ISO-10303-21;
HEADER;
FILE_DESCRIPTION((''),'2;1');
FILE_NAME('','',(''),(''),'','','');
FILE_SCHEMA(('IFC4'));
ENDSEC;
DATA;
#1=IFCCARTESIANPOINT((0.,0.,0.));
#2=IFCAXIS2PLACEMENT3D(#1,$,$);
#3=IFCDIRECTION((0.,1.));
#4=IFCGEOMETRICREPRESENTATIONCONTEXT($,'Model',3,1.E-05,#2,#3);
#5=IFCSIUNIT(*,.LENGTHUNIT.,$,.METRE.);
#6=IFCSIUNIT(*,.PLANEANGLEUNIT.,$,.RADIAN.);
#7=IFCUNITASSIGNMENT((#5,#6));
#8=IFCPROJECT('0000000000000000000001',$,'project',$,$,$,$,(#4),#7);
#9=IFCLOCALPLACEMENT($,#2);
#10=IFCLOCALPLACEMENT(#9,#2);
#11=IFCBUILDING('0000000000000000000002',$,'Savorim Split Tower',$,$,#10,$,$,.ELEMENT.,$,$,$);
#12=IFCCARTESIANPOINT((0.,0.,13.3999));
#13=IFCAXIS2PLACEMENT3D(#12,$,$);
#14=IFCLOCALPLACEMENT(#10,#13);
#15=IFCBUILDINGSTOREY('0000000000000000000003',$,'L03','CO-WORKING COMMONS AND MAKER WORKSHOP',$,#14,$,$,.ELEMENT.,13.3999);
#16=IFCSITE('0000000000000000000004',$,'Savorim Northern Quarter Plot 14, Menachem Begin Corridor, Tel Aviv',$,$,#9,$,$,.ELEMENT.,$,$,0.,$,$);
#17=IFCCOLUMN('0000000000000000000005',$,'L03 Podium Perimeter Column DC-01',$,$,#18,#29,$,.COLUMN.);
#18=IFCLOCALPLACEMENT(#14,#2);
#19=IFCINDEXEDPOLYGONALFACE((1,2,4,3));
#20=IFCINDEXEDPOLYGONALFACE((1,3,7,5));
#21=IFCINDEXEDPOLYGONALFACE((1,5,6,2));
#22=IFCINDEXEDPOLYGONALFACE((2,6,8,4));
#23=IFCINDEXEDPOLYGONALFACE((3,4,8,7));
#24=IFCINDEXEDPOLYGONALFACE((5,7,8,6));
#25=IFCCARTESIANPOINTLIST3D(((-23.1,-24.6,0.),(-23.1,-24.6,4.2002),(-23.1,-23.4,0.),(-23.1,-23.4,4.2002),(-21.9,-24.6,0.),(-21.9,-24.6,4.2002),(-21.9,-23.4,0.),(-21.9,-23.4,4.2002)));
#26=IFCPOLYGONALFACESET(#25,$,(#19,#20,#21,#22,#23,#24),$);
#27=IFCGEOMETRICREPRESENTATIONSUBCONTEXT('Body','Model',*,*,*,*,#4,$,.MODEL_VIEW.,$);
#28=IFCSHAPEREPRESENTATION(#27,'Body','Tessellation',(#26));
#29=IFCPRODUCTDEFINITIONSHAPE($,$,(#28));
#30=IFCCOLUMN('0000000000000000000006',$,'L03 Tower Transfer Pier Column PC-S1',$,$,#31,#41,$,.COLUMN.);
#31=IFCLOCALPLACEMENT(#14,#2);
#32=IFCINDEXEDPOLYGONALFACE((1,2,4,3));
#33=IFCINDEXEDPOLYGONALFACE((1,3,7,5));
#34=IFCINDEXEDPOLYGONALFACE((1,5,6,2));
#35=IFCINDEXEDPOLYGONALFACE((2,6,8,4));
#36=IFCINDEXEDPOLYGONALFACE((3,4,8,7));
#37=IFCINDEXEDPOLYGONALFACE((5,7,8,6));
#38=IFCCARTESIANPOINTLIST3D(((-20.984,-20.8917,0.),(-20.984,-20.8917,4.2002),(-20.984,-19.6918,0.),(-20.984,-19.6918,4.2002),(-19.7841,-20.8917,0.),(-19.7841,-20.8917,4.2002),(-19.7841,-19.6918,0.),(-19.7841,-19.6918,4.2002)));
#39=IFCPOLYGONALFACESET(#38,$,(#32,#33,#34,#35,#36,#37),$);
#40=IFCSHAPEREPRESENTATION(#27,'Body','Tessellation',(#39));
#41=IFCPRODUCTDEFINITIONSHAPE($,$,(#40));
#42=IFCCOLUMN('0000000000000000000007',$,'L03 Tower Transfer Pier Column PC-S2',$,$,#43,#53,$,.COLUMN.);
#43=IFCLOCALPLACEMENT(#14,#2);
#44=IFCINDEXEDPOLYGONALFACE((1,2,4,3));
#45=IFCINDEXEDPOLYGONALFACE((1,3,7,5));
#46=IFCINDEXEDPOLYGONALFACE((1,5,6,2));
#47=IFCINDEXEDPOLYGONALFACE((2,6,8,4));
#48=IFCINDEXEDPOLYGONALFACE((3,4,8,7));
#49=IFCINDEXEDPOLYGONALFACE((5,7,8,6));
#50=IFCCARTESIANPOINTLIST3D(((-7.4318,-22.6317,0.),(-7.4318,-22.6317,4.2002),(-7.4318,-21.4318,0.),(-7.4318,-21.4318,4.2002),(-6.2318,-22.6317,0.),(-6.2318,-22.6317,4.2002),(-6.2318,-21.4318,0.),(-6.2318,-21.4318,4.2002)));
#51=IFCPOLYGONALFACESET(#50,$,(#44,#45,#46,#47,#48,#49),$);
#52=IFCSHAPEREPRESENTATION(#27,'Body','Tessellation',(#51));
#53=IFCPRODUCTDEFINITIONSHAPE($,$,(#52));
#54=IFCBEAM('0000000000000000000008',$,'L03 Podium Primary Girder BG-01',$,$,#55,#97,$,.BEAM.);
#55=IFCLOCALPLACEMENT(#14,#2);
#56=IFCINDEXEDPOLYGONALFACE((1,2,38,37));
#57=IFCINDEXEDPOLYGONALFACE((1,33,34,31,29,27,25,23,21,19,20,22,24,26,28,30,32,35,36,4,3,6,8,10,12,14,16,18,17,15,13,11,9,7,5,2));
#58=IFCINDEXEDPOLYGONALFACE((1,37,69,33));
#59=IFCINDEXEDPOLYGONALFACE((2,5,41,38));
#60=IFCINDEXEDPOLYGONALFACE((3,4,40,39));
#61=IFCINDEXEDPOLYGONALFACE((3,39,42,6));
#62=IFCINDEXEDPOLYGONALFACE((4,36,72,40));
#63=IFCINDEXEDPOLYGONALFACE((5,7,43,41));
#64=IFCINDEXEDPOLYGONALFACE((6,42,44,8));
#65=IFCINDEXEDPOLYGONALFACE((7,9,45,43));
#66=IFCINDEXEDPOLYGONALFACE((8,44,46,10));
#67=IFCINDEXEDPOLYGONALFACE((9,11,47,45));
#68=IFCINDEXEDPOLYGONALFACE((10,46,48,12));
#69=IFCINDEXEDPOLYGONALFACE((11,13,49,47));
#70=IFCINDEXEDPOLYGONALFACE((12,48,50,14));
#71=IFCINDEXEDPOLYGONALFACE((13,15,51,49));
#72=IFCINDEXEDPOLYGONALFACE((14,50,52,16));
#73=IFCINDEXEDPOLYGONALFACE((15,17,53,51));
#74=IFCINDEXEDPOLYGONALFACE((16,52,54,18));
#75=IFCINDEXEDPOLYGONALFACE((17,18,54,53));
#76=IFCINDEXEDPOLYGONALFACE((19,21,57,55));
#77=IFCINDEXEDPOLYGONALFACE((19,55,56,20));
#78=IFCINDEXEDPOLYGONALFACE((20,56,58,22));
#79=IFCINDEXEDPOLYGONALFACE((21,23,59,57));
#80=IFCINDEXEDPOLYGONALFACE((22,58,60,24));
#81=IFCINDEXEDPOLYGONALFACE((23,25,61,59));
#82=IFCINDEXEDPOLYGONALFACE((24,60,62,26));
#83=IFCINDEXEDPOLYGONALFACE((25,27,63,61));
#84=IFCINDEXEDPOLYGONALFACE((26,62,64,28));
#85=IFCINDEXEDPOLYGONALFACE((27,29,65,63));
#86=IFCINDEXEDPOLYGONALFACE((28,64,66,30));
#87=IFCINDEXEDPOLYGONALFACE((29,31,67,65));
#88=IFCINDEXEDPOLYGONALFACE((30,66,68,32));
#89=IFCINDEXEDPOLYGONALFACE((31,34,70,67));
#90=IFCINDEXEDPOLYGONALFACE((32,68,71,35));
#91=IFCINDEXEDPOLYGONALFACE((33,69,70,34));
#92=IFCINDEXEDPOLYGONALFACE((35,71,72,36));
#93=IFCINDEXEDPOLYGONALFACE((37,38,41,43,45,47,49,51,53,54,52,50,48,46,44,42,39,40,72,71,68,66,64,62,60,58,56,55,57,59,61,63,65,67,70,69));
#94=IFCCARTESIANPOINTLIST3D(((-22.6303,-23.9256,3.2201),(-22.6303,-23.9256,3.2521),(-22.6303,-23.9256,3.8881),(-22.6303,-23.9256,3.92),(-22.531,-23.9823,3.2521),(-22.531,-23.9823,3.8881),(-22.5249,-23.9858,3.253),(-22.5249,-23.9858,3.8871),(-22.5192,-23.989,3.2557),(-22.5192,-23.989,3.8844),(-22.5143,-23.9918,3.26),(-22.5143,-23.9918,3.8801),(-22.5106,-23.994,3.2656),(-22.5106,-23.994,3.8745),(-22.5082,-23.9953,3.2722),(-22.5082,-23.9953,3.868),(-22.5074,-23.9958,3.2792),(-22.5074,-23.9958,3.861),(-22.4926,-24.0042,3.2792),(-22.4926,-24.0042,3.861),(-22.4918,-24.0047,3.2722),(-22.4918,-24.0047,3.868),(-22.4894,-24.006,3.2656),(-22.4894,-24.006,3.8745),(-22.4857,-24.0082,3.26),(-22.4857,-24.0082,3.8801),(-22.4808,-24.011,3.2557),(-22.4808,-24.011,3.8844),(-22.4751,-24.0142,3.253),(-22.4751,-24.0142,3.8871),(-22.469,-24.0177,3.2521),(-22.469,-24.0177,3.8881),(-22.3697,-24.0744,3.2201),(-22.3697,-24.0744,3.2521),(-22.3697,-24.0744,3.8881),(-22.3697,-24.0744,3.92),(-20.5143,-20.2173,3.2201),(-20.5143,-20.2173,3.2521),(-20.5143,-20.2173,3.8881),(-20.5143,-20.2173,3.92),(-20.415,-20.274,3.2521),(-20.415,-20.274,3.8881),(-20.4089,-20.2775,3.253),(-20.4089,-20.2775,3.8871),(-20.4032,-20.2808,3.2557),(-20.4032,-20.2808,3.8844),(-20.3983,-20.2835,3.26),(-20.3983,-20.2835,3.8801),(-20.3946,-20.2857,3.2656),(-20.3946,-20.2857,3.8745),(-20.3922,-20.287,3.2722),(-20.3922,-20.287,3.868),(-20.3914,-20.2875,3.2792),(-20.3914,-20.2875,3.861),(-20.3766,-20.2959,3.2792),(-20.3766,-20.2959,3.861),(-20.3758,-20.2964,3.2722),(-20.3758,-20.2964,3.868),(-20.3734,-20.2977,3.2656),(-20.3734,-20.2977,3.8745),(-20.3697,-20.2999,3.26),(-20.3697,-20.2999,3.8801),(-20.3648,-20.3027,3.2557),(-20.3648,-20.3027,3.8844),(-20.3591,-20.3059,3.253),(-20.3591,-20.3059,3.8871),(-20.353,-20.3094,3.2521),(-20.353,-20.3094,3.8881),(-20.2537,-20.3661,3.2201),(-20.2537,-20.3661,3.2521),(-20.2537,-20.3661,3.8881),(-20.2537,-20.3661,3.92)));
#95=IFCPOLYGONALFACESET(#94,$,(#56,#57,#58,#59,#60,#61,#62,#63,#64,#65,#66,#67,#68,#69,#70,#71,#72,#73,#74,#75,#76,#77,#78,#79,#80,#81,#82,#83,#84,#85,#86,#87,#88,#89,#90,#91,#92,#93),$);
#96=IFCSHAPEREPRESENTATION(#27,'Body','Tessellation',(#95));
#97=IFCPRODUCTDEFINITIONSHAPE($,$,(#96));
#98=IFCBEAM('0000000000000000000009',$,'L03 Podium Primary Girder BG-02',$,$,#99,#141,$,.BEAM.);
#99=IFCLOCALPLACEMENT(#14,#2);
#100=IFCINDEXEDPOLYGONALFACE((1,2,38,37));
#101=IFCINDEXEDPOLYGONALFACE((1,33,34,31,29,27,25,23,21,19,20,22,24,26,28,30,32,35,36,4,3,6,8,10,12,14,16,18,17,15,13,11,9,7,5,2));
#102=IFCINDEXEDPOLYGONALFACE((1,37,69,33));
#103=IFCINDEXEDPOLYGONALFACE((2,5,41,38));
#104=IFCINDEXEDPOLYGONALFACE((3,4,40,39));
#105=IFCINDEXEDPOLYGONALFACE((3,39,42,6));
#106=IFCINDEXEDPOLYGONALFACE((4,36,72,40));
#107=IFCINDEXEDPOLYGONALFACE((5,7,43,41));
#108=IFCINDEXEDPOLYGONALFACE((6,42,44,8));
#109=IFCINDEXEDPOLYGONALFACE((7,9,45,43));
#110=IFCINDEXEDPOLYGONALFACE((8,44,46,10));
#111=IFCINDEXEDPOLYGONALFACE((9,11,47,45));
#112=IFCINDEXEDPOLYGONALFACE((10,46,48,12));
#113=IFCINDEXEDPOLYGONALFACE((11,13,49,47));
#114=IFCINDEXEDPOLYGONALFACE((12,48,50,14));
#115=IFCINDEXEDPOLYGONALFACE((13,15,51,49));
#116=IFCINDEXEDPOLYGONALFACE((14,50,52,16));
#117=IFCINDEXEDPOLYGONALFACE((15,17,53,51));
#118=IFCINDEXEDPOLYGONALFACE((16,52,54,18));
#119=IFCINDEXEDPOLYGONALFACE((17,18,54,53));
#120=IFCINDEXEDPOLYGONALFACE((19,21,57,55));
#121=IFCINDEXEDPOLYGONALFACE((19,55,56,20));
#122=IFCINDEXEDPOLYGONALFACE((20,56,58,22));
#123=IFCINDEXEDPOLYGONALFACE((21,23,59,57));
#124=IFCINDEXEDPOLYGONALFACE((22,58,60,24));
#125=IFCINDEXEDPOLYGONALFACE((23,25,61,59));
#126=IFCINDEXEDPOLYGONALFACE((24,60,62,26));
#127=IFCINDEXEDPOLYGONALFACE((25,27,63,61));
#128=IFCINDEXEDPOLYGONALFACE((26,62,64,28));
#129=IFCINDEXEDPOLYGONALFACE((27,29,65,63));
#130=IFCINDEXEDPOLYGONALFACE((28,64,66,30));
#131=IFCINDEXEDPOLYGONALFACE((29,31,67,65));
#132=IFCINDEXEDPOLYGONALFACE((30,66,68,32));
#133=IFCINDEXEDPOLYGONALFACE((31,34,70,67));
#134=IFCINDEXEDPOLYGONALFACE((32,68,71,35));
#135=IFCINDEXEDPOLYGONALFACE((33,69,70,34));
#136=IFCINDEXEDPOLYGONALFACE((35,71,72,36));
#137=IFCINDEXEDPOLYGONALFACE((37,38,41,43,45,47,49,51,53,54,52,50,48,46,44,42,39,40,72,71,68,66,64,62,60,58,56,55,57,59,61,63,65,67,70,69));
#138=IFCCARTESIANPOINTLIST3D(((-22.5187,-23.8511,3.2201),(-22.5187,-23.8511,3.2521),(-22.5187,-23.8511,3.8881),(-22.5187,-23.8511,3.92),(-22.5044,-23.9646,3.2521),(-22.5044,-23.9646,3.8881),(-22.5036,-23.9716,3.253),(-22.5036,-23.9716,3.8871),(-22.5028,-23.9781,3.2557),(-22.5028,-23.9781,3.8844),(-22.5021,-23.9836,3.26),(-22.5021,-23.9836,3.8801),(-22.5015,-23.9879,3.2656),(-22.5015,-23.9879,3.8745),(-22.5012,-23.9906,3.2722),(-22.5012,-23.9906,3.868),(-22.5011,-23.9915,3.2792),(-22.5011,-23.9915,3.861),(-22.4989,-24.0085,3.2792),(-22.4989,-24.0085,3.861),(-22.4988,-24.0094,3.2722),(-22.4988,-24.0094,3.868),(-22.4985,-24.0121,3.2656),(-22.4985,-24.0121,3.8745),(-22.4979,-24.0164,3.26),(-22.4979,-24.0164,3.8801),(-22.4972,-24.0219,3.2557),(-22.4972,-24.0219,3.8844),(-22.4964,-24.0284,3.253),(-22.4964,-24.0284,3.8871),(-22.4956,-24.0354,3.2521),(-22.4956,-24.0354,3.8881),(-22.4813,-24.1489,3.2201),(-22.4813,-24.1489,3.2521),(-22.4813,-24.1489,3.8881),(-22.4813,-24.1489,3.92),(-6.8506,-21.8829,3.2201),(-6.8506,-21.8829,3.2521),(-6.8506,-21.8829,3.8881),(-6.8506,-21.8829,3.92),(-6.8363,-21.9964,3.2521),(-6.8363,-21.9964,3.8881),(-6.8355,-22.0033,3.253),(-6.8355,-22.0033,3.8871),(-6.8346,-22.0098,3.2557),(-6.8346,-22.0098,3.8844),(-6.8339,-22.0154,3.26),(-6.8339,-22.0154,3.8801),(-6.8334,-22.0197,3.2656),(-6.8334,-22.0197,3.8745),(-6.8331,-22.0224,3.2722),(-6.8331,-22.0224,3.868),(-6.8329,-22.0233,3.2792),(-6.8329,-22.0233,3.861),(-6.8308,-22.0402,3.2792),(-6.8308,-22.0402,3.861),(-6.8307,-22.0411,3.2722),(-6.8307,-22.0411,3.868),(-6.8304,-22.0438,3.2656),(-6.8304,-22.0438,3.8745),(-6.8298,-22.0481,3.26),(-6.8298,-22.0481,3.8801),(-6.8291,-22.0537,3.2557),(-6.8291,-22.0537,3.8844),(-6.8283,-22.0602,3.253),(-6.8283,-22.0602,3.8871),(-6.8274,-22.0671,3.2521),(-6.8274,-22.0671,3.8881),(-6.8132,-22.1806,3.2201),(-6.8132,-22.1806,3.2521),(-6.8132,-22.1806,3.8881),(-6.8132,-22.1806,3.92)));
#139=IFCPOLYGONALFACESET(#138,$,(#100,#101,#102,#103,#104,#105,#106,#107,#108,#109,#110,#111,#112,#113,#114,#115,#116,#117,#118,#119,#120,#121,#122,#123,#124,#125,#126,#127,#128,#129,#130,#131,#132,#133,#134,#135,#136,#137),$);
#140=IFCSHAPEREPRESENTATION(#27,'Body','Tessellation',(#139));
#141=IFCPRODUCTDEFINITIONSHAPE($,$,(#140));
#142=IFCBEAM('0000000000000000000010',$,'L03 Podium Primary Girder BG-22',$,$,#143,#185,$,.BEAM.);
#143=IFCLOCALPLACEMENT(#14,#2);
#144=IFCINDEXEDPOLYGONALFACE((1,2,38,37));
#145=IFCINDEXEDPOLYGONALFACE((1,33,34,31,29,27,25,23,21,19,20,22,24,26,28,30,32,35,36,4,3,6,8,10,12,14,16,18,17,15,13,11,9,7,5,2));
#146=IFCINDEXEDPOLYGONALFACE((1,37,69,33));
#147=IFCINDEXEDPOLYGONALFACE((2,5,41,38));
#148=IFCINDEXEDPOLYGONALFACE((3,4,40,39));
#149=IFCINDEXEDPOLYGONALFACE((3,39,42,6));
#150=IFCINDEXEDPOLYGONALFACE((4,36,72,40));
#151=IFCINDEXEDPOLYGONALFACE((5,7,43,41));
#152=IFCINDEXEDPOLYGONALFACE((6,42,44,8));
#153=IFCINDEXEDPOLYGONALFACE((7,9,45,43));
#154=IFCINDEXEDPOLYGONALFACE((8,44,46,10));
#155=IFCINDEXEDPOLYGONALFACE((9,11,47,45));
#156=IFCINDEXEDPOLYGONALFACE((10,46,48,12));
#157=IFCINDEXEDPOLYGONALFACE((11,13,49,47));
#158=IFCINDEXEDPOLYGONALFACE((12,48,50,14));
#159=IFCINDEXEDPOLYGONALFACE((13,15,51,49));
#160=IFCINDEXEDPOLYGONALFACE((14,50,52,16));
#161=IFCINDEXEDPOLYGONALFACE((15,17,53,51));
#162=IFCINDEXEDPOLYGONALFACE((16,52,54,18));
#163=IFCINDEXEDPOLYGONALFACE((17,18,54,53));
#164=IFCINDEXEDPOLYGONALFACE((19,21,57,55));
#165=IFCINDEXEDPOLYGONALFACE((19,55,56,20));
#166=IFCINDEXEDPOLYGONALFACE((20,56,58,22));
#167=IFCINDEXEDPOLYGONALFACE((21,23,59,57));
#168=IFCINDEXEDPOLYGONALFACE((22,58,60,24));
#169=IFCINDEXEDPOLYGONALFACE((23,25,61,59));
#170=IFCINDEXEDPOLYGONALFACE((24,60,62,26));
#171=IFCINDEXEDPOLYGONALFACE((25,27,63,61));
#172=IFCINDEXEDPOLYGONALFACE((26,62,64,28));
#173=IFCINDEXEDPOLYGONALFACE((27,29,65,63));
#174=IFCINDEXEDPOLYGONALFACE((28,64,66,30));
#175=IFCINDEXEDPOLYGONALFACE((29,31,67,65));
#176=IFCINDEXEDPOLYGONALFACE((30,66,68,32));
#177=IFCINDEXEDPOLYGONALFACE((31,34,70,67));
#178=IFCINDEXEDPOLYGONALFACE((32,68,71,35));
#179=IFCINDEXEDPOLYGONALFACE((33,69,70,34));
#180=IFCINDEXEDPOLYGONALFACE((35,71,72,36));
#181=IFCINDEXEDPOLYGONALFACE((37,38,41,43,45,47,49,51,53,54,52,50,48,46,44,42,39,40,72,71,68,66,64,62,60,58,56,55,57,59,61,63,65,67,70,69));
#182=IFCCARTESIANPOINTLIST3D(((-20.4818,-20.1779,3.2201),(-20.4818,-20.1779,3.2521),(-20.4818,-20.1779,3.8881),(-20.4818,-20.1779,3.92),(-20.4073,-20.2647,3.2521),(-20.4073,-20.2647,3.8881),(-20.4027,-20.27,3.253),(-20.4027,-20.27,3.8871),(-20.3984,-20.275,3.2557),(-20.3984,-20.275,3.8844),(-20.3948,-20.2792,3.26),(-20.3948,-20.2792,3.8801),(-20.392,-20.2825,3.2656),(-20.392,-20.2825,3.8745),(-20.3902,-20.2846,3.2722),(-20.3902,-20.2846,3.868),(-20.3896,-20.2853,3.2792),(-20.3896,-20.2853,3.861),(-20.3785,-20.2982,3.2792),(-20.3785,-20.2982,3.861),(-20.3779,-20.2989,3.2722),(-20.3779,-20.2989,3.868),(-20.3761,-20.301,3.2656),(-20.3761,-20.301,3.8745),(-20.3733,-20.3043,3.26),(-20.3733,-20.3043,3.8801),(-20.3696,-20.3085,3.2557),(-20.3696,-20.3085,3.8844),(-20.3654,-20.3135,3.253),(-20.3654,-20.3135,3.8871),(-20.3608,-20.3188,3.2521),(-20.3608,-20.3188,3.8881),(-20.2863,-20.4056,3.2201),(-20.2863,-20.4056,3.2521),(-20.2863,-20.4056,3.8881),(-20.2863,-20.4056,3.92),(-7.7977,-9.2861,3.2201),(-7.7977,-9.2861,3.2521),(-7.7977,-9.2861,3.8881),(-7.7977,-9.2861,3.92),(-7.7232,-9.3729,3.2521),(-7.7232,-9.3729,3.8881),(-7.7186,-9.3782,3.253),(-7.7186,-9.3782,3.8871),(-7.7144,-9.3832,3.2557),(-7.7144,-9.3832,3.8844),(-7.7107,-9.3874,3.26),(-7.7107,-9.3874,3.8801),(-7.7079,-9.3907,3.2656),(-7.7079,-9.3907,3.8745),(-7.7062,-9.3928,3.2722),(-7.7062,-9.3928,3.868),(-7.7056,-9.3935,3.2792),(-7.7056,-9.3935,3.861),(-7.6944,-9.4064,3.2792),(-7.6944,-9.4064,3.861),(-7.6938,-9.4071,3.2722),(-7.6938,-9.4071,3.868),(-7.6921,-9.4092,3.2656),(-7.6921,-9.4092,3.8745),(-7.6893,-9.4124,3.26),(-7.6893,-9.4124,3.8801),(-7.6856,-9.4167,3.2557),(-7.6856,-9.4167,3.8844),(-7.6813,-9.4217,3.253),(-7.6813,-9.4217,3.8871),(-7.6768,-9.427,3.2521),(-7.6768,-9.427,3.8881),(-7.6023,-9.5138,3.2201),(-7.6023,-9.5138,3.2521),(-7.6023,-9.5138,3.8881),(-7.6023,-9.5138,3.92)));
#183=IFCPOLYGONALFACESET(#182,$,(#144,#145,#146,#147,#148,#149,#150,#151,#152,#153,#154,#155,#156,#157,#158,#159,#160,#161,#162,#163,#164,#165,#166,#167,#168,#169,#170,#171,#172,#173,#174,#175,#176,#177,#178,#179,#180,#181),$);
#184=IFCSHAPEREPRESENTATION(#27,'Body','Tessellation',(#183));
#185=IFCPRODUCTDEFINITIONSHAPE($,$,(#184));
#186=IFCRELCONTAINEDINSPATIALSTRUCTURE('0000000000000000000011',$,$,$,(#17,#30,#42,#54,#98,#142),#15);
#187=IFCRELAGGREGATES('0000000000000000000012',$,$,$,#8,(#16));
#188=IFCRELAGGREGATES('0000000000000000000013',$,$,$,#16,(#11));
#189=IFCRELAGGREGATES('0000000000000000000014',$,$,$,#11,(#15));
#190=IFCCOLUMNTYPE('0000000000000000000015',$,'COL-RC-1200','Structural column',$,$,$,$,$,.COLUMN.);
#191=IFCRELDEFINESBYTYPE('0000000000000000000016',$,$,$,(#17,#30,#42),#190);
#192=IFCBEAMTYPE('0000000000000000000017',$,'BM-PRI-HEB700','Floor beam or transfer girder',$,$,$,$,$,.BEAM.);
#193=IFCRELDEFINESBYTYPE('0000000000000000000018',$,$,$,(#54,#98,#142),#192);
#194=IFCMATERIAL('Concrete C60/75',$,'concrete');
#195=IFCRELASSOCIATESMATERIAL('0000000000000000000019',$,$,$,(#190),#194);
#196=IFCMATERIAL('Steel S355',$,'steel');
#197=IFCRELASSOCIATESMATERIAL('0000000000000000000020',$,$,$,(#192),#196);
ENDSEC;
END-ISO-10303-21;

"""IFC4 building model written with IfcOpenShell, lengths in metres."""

from ifc_helpers import new_model, si_unit, direction, frame, origin, origin_2d, place, context, subcontext, project, spatial, rectangle, i_section, extrude, material, material_profile, profile_set, type_object, element, save


model = new_model("IFC4")

# Units and contexts
model_context = context("Model", 3, precision=1e-05, world=origin(), true_north=direction((0.0, 1.0)))
body_context = subcontext(model_context, "Body", "Model", "MODEL_VIEW")
ifc_project = project(units=[si_unit("LENGTHUNIT", "METRE"), si_unit("PLANEANGLEUNIT", "RADIAN")], contexts=[model_context])

# Site, building, storey
site_placement = place(None, origin())
site = spatial("IfcSite", under=ifc_project, at=site_placement, Name="Savorim Northern Quarter Plot 14, Menachem Begin Corridor, Tel Aviv", CompositionType="ELEMENT", RefElevation=0.0)
building_placement = place(site_placement, origin())
building = spatial("IfcBuilding", under=site, at=building_placement, Name="Savorim Split Tower", CompositionType="ELEMENT")
storey_placement = place(building_placement, frame((0.0, 0.0, 13.3999)))
storey = spatial("IfcBuildingStorey", under=building, at=storey_placement, Name="L03", Description="CO-WORKING COMMONS AND MAKER WORKSHOP", CompositionType="ELEMENT", Elevation=13.3999)

# Columns
ifc_material_1 = material(Name="Concrete C60/75", Category="concrete")
ifc_material_profile_1 = material_profile(ifc_material_1, rectangle(XDim=1.2, YDim=1.2, at=origin_2d()), Name="RC 1200x1200")
ifc_profile_set_1 = profile_set([ifc_material_profile_1], Name="Concrete C60/75")
column_type = type_object("IfcColumnType", Name="COL-RC-1200", Description="Structural column", PredefinedType="COLUMN", material=ifc_profile_set_1)
for number, where, z_axis, x_axis, name in (
    (1, (-22.5, -24.0, 0.0), (0.0, 0.0, 1.0), (1.0, 0.0, 0.0), "L03 Podium Perimeter Column DC-01"),
    (2, (-20.384, -20.2917, 0.0), (0.0, 0.0, 1.0), (1.0, 0.0, 0.0), "L03 Tower Transfer Pier Column PC-S1"),
    (3, (-6.8318, -22.0317, 0.0), (0.0, 0.0, 1.0), (1.0, 0.0, 0.0), "L03 Tower Transfer Pier Column PC-S2"),
):
    element("IfcColumn", number, at=place(storey_placement, frame(where, z_axis=z_axis, x_axis=x_axis)), inside=storey, type_object=column_type, Name=name, PredefinedType="COLUMN", context=body_context, shape_type="SweptSolid", body=[
        extrude(rectangle(XDim=1.2, YDim=1.2, at=origin_2d()), origin(), (0.0, 0.0, 1.0), 4.2002),
    ])

# Beams
ifc_material_2 = material(Name="Steel S355", Category="steel")
ifc_material_profile_2 = material_profile(ifc_material_2, i_section(OverallWidth=0.3, OverallDepth=0.7, WebThickness=0.0171, FlangeThickness=0.032, FilletRadius=0.0271, at=origin_2d()), Name="HEB 700")
ifc_profile_set_2 = profile_set([ifc_material_profile_2], Name="Steel S355")
beam_type = type_object("IfcBeamType", Name="BM-PRI-HEB700", Description="Floor beam or transfer girder", PredefinedType="BEAM", material=ifc_profile_set_2)
beam_1_placement = place(storey_placement, frame((-22.5, -24.0, 3.5701), z_axis=(0.495603, 0.868549, 0.0), x_axis=(-0.868549, 0.495603, 0.0)))
element("IfcBeam", 4, at=beam_1_placement, inside=storey, type_object=beam_type, Name="L03 Podium Primary Girder BG-01", PredefinedType="BEAM", context=body_context, shape_type="SweptSolid", body=[
    extrude(i_section(OverallWidth=0.3, OverallDepth=0.7, WebThickness=0.0171, FlangeThickness=0.032, FilletRadius=0.0271, at=origin_2d()), origin(), (0.0, 0.0, 1.0), 4.2695),
])
beam_2_placement = place(storey_placement, frame((-22.5, -24.0, 3.5701), z_axis=(0.992202, 0.124642, 0.0), x_axis=(-0.124642, 0.992202, 0.0)))
element("IfcBeam", 5, at=beam_2_placement, inside=storey, type_object=beam_type, Name="L03 Podium Primary Girder BG-02", PredefinedType="BEAM", context=body_context, shape_type="SweptSolid", body=[
    extrude(i_section(OverallWidth=0.3, OverallDepth=0.7, WebThickness=0.0171, FlangeThickness=0.032, FilletRadius=0.0271, at=origin_2d()), origin(), (0.0, 0.0, 1.0), 15.7913),
])
beam_3_placement = place(storey_placement, frame((-20.384, -20.2917, 3.5701), z_axis=(0.758672, 0.651473, 0.0), x_axis=(-0.651473, 0.758672, 0.0)))
element("IfcBeam", 6, at=beam_3_placement, inside=storey, type_object=beam_type, Name="L03 Podium Primary Girder BG-22", PredefinedType="BEAM", context=body_context, shape_type="SweptSolid", body=[
    extrude(i_section(OverallWidth=0.3, OverallDepth=0.7, WebThickness=0.0171, FlangeThickness=0.032, FilletRadius=0.0271, at=origin_2d()), origin(), (0.0, 0.0, 1.0), 16.7188),
])

save(model, "model.ifc")
